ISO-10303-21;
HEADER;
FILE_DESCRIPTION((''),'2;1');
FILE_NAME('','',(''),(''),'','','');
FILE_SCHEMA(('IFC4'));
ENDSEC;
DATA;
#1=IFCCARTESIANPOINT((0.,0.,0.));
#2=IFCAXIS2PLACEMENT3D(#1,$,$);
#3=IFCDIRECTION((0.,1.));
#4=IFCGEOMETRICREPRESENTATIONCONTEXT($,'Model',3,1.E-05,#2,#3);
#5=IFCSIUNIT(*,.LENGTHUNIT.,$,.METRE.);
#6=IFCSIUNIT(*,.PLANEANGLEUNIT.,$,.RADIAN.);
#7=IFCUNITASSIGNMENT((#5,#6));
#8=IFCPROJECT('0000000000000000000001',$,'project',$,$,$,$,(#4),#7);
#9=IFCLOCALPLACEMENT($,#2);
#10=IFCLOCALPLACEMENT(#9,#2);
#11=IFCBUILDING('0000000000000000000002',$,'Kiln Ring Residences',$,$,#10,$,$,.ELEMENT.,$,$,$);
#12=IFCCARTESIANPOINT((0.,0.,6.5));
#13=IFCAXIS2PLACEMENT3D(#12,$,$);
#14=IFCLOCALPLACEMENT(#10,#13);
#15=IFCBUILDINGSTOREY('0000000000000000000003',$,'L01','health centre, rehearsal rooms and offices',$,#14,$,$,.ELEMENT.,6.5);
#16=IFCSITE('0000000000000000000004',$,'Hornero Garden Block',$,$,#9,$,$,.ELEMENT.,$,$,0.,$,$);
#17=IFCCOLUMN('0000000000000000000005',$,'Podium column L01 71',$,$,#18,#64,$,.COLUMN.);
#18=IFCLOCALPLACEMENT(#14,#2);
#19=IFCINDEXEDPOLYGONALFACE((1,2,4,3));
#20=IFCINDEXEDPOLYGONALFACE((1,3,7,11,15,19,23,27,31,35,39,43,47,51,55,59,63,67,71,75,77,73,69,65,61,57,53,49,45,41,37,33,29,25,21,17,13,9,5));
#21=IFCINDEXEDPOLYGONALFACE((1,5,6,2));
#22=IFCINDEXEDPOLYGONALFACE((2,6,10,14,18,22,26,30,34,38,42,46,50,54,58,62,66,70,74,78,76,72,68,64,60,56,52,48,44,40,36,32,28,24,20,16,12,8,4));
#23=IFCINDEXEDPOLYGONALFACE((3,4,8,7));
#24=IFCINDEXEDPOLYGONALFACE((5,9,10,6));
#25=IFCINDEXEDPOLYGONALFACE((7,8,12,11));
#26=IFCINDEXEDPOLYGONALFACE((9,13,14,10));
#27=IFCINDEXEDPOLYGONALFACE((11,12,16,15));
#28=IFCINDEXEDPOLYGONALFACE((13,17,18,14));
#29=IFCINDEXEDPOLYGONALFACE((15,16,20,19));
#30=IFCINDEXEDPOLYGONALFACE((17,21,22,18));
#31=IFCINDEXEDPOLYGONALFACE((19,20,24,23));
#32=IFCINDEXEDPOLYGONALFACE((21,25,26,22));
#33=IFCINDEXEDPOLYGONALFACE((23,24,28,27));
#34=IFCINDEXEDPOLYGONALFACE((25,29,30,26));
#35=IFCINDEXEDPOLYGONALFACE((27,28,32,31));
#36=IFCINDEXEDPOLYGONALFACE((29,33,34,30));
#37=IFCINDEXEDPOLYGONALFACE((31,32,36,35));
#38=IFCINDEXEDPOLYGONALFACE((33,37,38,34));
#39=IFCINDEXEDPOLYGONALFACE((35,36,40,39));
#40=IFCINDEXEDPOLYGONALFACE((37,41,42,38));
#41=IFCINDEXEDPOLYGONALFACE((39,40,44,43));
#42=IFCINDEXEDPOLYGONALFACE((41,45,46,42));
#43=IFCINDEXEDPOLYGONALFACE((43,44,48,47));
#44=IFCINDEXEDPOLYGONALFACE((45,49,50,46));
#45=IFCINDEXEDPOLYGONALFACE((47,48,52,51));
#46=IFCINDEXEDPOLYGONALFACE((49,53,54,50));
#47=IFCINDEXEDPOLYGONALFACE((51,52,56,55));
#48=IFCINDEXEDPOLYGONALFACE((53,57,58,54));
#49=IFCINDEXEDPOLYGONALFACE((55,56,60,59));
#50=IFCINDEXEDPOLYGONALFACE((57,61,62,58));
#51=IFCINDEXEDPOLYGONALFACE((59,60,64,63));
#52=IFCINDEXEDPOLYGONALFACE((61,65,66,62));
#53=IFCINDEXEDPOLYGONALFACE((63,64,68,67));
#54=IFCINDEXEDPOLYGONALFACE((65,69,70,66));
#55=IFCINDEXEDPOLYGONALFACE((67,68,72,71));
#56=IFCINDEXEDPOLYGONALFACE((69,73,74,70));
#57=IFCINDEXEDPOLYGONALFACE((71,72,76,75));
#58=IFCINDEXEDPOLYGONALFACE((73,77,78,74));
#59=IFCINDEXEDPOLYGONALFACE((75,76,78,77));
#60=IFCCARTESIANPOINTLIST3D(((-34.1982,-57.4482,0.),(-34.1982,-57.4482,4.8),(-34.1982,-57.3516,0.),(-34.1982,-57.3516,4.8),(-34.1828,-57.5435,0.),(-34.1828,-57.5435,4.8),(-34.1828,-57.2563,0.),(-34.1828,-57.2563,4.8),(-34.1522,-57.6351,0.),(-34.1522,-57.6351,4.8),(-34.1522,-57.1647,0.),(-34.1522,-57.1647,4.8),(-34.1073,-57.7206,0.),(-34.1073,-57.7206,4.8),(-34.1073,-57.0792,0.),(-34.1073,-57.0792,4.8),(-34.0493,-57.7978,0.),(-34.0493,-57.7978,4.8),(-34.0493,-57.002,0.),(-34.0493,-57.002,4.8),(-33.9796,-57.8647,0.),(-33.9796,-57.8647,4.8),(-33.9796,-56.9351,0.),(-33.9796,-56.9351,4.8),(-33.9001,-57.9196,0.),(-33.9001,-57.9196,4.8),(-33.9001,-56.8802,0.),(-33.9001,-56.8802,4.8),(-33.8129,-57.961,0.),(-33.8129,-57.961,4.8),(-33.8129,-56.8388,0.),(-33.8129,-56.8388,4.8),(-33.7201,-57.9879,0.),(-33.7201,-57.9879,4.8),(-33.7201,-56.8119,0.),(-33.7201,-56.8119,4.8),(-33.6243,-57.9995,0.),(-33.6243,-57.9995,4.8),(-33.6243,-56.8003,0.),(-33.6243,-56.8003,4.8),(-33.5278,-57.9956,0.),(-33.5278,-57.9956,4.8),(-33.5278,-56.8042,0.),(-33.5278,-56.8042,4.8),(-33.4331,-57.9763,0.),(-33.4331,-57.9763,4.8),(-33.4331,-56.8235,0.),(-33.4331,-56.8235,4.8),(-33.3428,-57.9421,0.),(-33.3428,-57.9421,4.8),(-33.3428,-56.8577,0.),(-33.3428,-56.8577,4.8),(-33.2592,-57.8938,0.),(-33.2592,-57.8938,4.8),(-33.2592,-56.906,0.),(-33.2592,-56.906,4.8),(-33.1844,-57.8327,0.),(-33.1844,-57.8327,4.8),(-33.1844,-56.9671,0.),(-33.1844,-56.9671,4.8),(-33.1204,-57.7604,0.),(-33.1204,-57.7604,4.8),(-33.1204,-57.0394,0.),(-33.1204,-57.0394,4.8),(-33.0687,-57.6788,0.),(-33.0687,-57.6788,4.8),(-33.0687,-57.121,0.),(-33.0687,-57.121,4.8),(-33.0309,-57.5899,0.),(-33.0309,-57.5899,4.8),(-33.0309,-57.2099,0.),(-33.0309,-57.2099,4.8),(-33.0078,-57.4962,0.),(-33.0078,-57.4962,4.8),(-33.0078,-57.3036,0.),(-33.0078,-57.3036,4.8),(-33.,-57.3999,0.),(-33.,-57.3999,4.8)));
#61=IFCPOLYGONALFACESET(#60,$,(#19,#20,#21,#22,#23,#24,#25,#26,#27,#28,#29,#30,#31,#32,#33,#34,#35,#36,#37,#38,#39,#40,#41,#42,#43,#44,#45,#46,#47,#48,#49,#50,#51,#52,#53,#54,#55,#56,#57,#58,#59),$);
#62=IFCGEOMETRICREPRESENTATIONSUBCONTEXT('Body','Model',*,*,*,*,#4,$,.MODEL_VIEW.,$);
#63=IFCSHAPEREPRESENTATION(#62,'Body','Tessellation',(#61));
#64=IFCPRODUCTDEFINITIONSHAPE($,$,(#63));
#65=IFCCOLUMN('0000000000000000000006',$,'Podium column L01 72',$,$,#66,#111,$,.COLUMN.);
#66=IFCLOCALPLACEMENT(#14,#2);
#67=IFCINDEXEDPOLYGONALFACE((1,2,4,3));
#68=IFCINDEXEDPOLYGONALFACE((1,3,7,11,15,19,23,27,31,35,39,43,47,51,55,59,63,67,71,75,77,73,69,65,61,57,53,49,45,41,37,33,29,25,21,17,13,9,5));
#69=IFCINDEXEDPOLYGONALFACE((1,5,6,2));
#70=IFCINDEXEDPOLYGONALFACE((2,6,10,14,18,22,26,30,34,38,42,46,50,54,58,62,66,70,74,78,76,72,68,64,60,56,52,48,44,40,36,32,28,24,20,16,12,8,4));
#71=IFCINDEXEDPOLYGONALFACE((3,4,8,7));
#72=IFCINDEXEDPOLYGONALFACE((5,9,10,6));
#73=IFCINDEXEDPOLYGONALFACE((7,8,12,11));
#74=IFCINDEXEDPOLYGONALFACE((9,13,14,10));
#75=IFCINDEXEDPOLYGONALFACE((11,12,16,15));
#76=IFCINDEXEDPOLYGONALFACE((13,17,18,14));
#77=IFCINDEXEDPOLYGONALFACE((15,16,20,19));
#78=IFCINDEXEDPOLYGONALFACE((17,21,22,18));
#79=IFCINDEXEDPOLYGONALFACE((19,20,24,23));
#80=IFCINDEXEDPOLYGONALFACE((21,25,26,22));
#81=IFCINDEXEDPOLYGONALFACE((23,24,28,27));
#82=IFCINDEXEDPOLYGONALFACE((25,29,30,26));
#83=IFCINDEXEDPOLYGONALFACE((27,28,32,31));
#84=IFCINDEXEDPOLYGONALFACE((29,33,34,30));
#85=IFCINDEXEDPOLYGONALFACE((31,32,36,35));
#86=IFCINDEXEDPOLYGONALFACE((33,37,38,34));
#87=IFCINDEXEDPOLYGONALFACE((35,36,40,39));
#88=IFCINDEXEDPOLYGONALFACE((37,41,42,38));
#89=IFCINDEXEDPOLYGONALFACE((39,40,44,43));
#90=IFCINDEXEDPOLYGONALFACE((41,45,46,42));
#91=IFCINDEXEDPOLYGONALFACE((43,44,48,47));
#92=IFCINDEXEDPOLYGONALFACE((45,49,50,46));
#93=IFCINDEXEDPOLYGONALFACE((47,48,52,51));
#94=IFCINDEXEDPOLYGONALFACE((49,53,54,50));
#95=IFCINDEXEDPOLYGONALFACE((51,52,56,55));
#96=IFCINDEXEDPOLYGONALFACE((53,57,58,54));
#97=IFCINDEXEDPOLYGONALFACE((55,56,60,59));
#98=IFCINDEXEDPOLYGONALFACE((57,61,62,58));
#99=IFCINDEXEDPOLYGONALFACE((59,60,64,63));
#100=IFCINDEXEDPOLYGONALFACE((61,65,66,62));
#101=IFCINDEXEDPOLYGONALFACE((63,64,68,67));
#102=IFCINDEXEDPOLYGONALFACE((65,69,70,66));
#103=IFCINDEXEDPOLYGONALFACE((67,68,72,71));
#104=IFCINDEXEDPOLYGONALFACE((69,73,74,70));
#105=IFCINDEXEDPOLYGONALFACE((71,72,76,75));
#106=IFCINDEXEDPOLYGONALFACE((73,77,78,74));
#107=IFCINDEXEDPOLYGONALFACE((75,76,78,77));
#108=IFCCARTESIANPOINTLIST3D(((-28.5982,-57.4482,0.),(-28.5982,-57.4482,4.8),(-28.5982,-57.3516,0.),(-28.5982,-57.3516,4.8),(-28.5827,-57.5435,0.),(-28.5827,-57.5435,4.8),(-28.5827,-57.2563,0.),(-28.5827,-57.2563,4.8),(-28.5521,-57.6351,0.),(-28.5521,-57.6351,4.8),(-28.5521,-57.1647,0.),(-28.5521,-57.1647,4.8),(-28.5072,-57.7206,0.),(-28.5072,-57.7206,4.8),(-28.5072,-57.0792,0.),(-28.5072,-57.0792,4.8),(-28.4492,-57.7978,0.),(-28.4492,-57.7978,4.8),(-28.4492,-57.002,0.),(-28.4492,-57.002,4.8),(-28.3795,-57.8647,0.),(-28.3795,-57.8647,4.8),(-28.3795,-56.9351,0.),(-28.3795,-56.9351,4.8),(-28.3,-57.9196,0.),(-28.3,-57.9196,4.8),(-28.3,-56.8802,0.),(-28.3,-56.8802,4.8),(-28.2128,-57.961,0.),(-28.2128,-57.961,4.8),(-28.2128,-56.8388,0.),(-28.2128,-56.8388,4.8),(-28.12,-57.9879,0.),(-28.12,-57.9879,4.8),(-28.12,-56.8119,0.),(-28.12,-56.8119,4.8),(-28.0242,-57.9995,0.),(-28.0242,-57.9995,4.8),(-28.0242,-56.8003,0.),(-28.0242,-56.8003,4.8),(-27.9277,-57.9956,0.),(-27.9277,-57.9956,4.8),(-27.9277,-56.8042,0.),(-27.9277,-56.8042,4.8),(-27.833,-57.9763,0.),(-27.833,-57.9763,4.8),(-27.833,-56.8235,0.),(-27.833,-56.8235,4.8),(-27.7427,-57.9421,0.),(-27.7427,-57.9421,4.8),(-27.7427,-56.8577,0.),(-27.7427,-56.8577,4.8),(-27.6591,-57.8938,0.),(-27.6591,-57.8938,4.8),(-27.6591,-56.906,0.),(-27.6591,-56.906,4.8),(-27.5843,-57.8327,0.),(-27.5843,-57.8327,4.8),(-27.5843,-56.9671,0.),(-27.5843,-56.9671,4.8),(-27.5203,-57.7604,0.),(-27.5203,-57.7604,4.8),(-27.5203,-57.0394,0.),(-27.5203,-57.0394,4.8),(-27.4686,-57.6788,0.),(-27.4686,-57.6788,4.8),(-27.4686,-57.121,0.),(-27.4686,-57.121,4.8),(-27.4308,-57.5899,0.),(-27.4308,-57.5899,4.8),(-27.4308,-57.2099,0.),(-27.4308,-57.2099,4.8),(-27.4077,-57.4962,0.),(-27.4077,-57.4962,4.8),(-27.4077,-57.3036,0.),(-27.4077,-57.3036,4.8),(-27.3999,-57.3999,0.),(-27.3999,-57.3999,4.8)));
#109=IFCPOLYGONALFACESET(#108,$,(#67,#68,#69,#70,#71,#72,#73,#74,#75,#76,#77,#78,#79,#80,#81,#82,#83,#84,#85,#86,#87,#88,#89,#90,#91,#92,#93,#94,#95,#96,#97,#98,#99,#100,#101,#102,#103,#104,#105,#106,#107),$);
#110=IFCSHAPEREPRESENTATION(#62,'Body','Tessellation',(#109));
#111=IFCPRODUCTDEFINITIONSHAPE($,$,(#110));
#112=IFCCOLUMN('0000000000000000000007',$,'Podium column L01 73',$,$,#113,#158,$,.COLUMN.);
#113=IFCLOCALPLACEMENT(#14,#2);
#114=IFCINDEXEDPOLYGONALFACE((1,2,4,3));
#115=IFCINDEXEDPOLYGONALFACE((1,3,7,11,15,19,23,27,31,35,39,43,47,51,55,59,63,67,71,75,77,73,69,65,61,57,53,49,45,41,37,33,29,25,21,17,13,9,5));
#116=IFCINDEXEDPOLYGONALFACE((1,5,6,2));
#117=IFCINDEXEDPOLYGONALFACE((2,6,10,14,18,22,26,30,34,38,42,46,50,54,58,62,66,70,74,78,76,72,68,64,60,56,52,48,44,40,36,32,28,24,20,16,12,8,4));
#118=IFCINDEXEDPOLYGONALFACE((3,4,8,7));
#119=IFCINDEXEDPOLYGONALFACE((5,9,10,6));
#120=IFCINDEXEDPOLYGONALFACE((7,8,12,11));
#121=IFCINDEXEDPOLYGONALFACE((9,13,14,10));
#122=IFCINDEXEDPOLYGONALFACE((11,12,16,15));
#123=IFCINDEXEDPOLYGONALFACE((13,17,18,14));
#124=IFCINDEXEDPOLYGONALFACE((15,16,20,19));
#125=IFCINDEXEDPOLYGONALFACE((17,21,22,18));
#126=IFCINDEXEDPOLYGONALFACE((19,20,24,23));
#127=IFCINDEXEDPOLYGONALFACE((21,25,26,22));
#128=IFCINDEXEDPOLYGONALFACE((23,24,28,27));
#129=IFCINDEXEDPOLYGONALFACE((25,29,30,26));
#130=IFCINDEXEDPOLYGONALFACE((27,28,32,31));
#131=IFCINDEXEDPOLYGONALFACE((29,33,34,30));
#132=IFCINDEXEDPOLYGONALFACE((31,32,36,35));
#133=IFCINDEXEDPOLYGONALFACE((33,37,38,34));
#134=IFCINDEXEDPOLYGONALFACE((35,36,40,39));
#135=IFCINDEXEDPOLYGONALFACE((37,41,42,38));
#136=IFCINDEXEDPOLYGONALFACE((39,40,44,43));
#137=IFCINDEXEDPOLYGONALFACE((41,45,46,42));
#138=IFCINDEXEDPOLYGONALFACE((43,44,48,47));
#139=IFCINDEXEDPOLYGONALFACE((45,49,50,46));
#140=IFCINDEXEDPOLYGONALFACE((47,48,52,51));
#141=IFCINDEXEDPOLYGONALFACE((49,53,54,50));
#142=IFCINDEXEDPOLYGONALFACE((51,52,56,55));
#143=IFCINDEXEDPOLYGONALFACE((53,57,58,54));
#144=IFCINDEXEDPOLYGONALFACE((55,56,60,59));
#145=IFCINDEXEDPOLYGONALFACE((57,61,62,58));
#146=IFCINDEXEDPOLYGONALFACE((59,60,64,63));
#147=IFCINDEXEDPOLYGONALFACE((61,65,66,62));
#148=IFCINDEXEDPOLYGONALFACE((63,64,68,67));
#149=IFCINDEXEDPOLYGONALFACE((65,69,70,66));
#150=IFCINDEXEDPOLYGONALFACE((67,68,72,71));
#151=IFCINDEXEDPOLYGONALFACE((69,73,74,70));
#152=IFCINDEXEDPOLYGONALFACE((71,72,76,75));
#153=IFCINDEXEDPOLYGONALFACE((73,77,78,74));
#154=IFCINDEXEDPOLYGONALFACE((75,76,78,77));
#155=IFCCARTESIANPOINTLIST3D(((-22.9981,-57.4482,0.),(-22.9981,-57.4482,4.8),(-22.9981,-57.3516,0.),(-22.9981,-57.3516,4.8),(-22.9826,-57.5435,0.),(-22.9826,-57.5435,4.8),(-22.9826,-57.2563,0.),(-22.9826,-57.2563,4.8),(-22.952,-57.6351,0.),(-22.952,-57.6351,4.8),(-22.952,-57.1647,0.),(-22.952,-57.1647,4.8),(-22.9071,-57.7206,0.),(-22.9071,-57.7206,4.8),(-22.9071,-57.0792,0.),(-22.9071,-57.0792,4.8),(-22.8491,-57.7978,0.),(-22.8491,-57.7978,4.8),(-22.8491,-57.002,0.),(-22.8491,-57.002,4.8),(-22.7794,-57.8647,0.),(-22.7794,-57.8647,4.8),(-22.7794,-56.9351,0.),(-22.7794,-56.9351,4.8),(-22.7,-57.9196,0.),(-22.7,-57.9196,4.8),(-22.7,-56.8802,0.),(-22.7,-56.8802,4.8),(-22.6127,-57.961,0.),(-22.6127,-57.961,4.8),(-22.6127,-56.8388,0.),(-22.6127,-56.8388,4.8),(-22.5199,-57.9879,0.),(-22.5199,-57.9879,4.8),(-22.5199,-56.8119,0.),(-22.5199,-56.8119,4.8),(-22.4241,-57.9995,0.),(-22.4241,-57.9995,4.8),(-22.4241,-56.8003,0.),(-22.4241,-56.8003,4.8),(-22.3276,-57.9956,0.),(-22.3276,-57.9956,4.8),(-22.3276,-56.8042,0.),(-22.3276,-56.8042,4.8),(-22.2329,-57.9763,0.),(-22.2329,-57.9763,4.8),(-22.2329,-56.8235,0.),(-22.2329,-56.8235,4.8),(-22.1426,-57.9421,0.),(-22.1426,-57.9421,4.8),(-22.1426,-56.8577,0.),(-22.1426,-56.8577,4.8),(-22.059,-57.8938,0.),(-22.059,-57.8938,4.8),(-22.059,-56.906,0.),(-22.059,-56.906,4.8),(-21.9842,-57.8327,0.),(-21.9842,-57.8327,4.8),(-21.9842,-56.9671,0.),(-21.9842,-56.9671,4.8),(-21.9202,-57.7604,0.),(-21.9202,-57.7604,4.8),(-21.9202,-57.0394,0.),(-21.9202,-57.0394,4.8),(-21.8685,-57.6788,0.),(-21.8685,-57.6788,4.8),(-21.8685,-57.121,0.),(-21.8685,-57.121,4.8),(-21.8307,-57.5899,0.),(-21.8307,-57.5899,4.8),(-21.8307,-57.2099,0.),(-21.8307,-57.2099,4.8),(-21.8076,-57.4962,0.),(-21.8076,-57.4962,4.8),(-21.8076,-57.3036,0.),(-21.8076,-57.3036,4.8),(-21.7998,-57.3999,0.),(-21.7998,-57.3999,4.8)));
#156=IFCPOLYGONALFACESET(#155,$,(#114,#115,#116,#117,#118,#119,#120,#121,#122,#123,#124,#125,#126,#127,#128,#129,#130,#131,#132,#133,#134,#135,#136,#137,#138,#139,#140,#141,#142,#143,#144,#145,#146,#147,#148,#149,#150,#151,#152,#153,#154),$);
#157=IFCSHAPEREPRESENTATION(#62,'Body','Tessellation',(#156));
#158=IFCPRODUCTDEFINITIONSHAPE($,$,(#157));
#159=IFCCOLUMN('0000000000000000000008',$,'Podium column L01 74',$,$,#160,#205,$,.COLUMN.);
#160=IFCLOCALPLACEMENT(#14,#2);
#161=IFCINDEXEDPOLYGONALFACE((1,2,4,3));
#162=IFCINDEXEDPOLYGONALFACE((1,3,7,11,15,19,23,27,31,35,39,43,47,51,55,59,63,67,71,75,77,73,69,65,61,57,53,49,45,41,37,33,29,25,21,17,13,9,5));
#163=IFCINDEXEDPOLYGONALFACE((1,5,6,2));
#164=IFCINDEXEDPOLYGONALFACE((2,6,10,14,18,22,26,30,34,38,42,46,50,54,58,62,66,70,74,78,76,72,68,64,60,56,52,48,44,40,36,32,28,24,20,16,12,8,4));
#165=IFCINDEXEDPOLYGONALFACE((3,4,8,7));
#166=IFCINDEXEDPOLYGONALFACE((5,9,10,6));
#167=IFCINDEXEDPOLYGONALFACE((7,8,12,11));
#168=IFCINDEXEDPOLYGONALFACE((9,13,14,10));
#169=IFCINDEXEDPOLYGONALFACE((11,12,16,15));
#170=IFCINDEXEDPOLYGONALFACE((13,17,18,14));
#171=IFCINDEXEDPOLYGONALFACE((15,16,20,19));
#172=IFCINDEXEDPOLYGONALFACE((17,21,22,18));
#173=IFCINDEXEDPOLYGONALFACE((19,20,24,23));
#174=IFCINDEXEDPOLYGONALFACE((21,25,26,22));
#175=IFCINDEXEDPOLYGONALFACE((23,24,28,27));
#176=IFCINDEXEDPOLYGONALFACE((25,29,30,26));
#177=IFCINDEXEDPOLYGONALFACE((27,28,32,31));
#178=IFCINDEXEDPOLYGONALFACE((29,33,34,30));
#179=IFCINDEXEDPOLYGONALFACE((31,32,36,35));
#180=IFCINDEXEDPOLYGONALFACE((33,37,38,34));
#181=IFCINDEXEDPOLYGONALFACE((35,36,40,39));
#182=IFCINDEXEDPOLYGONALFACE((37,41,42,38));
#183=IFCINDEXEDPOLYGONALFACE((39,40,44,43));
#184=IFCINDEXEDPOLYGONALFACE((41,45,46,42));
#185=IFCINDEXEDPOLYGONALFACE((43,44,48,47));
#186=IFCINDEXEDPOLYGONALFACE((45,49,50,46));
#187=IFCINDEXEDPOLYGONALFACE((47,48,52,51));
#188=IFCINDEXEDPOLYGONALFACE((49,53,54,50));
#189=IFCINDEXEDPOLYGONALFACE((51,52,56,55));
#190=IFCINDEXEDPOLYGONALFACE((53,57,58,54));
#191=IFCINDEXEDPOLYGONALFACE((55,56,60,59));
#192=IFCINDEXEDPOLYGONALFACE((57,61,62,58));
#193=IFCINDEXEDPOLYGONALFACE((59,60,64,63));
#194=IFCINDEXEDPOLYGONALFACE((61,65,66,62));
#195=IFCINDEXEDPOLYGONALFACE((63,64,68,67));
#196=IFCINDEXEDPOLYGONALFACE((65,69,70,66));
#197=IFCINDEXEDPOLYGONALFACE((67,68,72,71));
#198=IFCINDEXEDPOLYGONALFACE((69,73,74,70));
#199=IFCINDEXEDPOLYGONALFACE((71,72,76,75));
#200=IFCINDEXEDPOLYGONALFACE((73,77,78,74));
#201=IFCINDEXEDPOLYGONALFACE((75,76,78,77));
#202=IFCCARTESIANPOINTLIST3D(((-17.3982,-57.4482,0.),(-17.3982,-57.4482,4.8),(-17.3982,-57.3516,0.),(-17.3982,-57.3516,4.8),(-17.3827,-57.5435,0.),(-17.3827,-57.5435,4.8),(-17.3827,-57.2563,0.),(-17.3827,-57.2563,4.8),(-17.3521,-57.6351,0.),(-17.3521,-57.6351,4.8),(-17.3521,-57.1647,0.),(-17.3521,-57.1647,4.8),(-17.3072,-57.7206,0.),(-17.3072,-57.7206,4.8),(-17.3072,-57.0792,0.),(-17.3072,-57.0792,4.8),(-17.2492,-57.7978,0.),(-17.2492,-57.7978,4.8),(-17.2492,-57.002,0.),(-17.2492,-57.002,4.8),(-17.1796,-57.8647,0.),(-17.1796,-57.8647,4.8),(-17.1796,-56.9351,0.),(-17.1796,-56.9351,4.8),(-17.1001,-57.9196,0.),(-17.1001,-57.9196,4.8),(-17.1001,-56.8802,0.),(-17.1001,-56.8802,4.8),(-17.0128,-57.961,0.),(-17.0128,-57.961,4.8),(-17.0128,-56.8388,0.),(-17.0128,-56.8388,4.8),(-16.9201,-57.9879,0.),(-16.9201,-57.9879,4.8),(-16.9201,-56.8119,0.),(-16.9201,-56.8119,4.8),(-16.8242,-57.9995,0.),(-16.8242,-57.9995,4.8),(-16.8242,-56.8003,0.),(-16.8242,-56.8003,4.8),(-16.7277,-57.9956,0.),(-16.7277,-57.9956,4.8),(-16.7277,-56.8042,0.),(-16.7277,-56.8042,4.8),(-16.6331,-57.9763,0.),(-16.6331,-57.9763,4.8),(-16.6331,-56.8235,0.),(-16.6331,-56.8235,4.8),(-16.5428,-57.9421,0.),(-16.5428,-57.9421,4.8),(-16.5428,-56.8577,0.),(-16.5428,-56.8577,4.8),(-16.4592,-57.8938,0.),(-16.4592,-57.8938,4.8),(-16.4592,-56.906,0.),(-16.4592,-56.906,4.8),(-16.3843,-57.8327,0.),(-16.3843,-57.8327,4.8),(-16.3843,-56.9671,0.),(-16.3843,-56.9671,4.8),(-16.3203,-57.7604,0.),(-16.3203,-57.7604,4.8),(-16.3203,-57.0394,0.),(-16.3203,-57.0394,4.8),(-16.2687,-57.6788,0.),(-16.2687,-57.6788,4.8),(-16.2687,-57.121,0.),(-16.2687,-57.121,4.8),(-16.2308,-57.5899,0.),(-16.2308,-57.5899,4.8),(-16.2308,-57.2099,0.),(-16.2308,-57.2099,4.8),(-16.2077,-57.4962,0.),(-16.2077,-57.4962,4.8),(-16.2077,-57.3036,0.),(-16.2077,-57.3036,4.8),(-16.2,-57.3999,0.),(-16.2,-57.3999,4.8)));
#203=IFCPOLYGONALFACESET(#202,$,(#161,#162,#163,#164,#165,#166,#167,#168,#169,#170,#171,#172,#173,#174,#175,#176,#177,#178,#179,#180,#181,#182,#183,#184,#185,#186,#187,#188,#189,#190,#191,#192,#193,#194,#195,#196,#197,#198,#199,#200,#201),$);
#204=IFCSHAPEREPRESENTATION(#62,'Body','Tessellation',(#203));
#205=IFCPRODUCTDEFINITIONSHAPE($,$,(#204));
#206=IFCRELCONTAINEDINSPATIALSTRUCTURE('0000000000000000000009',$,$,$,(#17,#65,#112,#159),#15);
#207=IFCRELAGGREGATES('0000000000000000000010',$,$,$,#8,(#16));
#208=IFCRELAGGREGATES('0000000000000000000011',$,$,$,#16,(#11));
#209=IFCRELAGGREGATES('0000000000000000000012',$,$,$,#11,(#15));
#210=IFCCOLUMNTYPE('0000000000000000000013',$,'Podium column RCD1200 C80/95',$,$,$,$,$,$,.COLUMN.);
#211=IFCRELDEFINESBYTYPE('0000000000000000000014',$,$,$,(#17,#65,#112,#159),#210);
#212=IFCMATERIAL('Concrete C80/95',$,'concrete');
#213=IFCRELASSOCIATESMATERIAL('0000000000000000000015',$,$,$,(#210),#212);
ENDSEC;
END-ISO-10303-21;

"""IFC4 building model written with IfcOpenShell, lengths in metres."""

from ifc_helpers import new_model, si_unit, direction, frame, origin, origin_2d, place, context, subcontext, project, spatial, circle, extrude, material, material_profile, profile_set, type_object, element, save


model = new_model("IFC4")

# Units and contexts
model_context = context("Model", 3, precision=1e-05, world=origin(), true_north=direction((0.0, 1.0)))
body_context = subcontext(model_context, "Body", "Model", "MODEL_VIEW")
ifc_project = project(units=[si_unit("LENGTHUNIT", "METRE"), si_unit("PLANEANGLEUNIT", "RADIAN")], contexts=[model_context])

# Site, building, storey
site_placement = place(None, origin())
site = spatial("IfcSite", under=ifc_project, at=site_placement, Name="Hornero Garden Block", CompositionType="ELEMENT", RefElevation=0.0)
building_placement = place(site_placement, origin())
building = spatial("IfcBuilding", under=site, at=building_placement, Name="Kiln Ring Residences", CompositionType="ELEMENT")
storey_placement = place(building_placement, frame((0.0, 0.0, 6.5)))
storey = spatial("IfcBuildingStorey", under=building, at=storey_placement, Name="L01", Description="health centre, rehearsal rooms and offices", CompositionType="ELEMENT", Elevation=6.5)

# Columns
ifc_material_1 = material(Name="Concrete C80/95", Category="concrete")
ifc_material_profile_1 = material_profile(ifc_material_1, circle(Radius=0.6001, at=origin_2d()), Name="RCD1200")
ifc_profile_set_1 = profile_set([ifc_material_profile_1], Name="Concrete C80/95")
column_type = type_object("IfcColumnType", Name="Podium column RCD1200 C80/95", PredefinedType="COLUMN", material=ifc_profile_set_1)
for number, where, z_axis, x_axis, name in (
    (1, (-33.6001, -57.3999, 0.0), (0.0, 0.0, 1.0), (1.0, 0.0, 0.0), "Podium column L01 71"),
    (2, (-28.0, -57.3999, 0.0), (0.0, 0.0, 1.0), (1.0, 0.0, 0.0), "Podium column L01 72"),
    (3, (-22.3999, -57.3999, 0.0), (0.0, 0.0, 1.0), (1.0, 0.0, 0.0), "Podium column L01 73"),
    (4, (-16.8, -57.3999, 0.0), (0.0, 0.0, 1.0), (1.0, 0.0, 0.0), "Podium column L01 74"),
):
    element("IfcColumn", number, at=place(storey_placement, frame(where, z_axis=z_axis, x_axis=x_axis)), inside=storey, type_object=column_type, Name=name, PredefinedType="COLUMN", context=body_context, shape_type="SweptSolid", body=[
        extrude(circle(Radius=0.6001, at=origin_2d()), origin(), (0.0, 0.0, 1.0), 4.8),
    ])

save(model, "model.ifc")
